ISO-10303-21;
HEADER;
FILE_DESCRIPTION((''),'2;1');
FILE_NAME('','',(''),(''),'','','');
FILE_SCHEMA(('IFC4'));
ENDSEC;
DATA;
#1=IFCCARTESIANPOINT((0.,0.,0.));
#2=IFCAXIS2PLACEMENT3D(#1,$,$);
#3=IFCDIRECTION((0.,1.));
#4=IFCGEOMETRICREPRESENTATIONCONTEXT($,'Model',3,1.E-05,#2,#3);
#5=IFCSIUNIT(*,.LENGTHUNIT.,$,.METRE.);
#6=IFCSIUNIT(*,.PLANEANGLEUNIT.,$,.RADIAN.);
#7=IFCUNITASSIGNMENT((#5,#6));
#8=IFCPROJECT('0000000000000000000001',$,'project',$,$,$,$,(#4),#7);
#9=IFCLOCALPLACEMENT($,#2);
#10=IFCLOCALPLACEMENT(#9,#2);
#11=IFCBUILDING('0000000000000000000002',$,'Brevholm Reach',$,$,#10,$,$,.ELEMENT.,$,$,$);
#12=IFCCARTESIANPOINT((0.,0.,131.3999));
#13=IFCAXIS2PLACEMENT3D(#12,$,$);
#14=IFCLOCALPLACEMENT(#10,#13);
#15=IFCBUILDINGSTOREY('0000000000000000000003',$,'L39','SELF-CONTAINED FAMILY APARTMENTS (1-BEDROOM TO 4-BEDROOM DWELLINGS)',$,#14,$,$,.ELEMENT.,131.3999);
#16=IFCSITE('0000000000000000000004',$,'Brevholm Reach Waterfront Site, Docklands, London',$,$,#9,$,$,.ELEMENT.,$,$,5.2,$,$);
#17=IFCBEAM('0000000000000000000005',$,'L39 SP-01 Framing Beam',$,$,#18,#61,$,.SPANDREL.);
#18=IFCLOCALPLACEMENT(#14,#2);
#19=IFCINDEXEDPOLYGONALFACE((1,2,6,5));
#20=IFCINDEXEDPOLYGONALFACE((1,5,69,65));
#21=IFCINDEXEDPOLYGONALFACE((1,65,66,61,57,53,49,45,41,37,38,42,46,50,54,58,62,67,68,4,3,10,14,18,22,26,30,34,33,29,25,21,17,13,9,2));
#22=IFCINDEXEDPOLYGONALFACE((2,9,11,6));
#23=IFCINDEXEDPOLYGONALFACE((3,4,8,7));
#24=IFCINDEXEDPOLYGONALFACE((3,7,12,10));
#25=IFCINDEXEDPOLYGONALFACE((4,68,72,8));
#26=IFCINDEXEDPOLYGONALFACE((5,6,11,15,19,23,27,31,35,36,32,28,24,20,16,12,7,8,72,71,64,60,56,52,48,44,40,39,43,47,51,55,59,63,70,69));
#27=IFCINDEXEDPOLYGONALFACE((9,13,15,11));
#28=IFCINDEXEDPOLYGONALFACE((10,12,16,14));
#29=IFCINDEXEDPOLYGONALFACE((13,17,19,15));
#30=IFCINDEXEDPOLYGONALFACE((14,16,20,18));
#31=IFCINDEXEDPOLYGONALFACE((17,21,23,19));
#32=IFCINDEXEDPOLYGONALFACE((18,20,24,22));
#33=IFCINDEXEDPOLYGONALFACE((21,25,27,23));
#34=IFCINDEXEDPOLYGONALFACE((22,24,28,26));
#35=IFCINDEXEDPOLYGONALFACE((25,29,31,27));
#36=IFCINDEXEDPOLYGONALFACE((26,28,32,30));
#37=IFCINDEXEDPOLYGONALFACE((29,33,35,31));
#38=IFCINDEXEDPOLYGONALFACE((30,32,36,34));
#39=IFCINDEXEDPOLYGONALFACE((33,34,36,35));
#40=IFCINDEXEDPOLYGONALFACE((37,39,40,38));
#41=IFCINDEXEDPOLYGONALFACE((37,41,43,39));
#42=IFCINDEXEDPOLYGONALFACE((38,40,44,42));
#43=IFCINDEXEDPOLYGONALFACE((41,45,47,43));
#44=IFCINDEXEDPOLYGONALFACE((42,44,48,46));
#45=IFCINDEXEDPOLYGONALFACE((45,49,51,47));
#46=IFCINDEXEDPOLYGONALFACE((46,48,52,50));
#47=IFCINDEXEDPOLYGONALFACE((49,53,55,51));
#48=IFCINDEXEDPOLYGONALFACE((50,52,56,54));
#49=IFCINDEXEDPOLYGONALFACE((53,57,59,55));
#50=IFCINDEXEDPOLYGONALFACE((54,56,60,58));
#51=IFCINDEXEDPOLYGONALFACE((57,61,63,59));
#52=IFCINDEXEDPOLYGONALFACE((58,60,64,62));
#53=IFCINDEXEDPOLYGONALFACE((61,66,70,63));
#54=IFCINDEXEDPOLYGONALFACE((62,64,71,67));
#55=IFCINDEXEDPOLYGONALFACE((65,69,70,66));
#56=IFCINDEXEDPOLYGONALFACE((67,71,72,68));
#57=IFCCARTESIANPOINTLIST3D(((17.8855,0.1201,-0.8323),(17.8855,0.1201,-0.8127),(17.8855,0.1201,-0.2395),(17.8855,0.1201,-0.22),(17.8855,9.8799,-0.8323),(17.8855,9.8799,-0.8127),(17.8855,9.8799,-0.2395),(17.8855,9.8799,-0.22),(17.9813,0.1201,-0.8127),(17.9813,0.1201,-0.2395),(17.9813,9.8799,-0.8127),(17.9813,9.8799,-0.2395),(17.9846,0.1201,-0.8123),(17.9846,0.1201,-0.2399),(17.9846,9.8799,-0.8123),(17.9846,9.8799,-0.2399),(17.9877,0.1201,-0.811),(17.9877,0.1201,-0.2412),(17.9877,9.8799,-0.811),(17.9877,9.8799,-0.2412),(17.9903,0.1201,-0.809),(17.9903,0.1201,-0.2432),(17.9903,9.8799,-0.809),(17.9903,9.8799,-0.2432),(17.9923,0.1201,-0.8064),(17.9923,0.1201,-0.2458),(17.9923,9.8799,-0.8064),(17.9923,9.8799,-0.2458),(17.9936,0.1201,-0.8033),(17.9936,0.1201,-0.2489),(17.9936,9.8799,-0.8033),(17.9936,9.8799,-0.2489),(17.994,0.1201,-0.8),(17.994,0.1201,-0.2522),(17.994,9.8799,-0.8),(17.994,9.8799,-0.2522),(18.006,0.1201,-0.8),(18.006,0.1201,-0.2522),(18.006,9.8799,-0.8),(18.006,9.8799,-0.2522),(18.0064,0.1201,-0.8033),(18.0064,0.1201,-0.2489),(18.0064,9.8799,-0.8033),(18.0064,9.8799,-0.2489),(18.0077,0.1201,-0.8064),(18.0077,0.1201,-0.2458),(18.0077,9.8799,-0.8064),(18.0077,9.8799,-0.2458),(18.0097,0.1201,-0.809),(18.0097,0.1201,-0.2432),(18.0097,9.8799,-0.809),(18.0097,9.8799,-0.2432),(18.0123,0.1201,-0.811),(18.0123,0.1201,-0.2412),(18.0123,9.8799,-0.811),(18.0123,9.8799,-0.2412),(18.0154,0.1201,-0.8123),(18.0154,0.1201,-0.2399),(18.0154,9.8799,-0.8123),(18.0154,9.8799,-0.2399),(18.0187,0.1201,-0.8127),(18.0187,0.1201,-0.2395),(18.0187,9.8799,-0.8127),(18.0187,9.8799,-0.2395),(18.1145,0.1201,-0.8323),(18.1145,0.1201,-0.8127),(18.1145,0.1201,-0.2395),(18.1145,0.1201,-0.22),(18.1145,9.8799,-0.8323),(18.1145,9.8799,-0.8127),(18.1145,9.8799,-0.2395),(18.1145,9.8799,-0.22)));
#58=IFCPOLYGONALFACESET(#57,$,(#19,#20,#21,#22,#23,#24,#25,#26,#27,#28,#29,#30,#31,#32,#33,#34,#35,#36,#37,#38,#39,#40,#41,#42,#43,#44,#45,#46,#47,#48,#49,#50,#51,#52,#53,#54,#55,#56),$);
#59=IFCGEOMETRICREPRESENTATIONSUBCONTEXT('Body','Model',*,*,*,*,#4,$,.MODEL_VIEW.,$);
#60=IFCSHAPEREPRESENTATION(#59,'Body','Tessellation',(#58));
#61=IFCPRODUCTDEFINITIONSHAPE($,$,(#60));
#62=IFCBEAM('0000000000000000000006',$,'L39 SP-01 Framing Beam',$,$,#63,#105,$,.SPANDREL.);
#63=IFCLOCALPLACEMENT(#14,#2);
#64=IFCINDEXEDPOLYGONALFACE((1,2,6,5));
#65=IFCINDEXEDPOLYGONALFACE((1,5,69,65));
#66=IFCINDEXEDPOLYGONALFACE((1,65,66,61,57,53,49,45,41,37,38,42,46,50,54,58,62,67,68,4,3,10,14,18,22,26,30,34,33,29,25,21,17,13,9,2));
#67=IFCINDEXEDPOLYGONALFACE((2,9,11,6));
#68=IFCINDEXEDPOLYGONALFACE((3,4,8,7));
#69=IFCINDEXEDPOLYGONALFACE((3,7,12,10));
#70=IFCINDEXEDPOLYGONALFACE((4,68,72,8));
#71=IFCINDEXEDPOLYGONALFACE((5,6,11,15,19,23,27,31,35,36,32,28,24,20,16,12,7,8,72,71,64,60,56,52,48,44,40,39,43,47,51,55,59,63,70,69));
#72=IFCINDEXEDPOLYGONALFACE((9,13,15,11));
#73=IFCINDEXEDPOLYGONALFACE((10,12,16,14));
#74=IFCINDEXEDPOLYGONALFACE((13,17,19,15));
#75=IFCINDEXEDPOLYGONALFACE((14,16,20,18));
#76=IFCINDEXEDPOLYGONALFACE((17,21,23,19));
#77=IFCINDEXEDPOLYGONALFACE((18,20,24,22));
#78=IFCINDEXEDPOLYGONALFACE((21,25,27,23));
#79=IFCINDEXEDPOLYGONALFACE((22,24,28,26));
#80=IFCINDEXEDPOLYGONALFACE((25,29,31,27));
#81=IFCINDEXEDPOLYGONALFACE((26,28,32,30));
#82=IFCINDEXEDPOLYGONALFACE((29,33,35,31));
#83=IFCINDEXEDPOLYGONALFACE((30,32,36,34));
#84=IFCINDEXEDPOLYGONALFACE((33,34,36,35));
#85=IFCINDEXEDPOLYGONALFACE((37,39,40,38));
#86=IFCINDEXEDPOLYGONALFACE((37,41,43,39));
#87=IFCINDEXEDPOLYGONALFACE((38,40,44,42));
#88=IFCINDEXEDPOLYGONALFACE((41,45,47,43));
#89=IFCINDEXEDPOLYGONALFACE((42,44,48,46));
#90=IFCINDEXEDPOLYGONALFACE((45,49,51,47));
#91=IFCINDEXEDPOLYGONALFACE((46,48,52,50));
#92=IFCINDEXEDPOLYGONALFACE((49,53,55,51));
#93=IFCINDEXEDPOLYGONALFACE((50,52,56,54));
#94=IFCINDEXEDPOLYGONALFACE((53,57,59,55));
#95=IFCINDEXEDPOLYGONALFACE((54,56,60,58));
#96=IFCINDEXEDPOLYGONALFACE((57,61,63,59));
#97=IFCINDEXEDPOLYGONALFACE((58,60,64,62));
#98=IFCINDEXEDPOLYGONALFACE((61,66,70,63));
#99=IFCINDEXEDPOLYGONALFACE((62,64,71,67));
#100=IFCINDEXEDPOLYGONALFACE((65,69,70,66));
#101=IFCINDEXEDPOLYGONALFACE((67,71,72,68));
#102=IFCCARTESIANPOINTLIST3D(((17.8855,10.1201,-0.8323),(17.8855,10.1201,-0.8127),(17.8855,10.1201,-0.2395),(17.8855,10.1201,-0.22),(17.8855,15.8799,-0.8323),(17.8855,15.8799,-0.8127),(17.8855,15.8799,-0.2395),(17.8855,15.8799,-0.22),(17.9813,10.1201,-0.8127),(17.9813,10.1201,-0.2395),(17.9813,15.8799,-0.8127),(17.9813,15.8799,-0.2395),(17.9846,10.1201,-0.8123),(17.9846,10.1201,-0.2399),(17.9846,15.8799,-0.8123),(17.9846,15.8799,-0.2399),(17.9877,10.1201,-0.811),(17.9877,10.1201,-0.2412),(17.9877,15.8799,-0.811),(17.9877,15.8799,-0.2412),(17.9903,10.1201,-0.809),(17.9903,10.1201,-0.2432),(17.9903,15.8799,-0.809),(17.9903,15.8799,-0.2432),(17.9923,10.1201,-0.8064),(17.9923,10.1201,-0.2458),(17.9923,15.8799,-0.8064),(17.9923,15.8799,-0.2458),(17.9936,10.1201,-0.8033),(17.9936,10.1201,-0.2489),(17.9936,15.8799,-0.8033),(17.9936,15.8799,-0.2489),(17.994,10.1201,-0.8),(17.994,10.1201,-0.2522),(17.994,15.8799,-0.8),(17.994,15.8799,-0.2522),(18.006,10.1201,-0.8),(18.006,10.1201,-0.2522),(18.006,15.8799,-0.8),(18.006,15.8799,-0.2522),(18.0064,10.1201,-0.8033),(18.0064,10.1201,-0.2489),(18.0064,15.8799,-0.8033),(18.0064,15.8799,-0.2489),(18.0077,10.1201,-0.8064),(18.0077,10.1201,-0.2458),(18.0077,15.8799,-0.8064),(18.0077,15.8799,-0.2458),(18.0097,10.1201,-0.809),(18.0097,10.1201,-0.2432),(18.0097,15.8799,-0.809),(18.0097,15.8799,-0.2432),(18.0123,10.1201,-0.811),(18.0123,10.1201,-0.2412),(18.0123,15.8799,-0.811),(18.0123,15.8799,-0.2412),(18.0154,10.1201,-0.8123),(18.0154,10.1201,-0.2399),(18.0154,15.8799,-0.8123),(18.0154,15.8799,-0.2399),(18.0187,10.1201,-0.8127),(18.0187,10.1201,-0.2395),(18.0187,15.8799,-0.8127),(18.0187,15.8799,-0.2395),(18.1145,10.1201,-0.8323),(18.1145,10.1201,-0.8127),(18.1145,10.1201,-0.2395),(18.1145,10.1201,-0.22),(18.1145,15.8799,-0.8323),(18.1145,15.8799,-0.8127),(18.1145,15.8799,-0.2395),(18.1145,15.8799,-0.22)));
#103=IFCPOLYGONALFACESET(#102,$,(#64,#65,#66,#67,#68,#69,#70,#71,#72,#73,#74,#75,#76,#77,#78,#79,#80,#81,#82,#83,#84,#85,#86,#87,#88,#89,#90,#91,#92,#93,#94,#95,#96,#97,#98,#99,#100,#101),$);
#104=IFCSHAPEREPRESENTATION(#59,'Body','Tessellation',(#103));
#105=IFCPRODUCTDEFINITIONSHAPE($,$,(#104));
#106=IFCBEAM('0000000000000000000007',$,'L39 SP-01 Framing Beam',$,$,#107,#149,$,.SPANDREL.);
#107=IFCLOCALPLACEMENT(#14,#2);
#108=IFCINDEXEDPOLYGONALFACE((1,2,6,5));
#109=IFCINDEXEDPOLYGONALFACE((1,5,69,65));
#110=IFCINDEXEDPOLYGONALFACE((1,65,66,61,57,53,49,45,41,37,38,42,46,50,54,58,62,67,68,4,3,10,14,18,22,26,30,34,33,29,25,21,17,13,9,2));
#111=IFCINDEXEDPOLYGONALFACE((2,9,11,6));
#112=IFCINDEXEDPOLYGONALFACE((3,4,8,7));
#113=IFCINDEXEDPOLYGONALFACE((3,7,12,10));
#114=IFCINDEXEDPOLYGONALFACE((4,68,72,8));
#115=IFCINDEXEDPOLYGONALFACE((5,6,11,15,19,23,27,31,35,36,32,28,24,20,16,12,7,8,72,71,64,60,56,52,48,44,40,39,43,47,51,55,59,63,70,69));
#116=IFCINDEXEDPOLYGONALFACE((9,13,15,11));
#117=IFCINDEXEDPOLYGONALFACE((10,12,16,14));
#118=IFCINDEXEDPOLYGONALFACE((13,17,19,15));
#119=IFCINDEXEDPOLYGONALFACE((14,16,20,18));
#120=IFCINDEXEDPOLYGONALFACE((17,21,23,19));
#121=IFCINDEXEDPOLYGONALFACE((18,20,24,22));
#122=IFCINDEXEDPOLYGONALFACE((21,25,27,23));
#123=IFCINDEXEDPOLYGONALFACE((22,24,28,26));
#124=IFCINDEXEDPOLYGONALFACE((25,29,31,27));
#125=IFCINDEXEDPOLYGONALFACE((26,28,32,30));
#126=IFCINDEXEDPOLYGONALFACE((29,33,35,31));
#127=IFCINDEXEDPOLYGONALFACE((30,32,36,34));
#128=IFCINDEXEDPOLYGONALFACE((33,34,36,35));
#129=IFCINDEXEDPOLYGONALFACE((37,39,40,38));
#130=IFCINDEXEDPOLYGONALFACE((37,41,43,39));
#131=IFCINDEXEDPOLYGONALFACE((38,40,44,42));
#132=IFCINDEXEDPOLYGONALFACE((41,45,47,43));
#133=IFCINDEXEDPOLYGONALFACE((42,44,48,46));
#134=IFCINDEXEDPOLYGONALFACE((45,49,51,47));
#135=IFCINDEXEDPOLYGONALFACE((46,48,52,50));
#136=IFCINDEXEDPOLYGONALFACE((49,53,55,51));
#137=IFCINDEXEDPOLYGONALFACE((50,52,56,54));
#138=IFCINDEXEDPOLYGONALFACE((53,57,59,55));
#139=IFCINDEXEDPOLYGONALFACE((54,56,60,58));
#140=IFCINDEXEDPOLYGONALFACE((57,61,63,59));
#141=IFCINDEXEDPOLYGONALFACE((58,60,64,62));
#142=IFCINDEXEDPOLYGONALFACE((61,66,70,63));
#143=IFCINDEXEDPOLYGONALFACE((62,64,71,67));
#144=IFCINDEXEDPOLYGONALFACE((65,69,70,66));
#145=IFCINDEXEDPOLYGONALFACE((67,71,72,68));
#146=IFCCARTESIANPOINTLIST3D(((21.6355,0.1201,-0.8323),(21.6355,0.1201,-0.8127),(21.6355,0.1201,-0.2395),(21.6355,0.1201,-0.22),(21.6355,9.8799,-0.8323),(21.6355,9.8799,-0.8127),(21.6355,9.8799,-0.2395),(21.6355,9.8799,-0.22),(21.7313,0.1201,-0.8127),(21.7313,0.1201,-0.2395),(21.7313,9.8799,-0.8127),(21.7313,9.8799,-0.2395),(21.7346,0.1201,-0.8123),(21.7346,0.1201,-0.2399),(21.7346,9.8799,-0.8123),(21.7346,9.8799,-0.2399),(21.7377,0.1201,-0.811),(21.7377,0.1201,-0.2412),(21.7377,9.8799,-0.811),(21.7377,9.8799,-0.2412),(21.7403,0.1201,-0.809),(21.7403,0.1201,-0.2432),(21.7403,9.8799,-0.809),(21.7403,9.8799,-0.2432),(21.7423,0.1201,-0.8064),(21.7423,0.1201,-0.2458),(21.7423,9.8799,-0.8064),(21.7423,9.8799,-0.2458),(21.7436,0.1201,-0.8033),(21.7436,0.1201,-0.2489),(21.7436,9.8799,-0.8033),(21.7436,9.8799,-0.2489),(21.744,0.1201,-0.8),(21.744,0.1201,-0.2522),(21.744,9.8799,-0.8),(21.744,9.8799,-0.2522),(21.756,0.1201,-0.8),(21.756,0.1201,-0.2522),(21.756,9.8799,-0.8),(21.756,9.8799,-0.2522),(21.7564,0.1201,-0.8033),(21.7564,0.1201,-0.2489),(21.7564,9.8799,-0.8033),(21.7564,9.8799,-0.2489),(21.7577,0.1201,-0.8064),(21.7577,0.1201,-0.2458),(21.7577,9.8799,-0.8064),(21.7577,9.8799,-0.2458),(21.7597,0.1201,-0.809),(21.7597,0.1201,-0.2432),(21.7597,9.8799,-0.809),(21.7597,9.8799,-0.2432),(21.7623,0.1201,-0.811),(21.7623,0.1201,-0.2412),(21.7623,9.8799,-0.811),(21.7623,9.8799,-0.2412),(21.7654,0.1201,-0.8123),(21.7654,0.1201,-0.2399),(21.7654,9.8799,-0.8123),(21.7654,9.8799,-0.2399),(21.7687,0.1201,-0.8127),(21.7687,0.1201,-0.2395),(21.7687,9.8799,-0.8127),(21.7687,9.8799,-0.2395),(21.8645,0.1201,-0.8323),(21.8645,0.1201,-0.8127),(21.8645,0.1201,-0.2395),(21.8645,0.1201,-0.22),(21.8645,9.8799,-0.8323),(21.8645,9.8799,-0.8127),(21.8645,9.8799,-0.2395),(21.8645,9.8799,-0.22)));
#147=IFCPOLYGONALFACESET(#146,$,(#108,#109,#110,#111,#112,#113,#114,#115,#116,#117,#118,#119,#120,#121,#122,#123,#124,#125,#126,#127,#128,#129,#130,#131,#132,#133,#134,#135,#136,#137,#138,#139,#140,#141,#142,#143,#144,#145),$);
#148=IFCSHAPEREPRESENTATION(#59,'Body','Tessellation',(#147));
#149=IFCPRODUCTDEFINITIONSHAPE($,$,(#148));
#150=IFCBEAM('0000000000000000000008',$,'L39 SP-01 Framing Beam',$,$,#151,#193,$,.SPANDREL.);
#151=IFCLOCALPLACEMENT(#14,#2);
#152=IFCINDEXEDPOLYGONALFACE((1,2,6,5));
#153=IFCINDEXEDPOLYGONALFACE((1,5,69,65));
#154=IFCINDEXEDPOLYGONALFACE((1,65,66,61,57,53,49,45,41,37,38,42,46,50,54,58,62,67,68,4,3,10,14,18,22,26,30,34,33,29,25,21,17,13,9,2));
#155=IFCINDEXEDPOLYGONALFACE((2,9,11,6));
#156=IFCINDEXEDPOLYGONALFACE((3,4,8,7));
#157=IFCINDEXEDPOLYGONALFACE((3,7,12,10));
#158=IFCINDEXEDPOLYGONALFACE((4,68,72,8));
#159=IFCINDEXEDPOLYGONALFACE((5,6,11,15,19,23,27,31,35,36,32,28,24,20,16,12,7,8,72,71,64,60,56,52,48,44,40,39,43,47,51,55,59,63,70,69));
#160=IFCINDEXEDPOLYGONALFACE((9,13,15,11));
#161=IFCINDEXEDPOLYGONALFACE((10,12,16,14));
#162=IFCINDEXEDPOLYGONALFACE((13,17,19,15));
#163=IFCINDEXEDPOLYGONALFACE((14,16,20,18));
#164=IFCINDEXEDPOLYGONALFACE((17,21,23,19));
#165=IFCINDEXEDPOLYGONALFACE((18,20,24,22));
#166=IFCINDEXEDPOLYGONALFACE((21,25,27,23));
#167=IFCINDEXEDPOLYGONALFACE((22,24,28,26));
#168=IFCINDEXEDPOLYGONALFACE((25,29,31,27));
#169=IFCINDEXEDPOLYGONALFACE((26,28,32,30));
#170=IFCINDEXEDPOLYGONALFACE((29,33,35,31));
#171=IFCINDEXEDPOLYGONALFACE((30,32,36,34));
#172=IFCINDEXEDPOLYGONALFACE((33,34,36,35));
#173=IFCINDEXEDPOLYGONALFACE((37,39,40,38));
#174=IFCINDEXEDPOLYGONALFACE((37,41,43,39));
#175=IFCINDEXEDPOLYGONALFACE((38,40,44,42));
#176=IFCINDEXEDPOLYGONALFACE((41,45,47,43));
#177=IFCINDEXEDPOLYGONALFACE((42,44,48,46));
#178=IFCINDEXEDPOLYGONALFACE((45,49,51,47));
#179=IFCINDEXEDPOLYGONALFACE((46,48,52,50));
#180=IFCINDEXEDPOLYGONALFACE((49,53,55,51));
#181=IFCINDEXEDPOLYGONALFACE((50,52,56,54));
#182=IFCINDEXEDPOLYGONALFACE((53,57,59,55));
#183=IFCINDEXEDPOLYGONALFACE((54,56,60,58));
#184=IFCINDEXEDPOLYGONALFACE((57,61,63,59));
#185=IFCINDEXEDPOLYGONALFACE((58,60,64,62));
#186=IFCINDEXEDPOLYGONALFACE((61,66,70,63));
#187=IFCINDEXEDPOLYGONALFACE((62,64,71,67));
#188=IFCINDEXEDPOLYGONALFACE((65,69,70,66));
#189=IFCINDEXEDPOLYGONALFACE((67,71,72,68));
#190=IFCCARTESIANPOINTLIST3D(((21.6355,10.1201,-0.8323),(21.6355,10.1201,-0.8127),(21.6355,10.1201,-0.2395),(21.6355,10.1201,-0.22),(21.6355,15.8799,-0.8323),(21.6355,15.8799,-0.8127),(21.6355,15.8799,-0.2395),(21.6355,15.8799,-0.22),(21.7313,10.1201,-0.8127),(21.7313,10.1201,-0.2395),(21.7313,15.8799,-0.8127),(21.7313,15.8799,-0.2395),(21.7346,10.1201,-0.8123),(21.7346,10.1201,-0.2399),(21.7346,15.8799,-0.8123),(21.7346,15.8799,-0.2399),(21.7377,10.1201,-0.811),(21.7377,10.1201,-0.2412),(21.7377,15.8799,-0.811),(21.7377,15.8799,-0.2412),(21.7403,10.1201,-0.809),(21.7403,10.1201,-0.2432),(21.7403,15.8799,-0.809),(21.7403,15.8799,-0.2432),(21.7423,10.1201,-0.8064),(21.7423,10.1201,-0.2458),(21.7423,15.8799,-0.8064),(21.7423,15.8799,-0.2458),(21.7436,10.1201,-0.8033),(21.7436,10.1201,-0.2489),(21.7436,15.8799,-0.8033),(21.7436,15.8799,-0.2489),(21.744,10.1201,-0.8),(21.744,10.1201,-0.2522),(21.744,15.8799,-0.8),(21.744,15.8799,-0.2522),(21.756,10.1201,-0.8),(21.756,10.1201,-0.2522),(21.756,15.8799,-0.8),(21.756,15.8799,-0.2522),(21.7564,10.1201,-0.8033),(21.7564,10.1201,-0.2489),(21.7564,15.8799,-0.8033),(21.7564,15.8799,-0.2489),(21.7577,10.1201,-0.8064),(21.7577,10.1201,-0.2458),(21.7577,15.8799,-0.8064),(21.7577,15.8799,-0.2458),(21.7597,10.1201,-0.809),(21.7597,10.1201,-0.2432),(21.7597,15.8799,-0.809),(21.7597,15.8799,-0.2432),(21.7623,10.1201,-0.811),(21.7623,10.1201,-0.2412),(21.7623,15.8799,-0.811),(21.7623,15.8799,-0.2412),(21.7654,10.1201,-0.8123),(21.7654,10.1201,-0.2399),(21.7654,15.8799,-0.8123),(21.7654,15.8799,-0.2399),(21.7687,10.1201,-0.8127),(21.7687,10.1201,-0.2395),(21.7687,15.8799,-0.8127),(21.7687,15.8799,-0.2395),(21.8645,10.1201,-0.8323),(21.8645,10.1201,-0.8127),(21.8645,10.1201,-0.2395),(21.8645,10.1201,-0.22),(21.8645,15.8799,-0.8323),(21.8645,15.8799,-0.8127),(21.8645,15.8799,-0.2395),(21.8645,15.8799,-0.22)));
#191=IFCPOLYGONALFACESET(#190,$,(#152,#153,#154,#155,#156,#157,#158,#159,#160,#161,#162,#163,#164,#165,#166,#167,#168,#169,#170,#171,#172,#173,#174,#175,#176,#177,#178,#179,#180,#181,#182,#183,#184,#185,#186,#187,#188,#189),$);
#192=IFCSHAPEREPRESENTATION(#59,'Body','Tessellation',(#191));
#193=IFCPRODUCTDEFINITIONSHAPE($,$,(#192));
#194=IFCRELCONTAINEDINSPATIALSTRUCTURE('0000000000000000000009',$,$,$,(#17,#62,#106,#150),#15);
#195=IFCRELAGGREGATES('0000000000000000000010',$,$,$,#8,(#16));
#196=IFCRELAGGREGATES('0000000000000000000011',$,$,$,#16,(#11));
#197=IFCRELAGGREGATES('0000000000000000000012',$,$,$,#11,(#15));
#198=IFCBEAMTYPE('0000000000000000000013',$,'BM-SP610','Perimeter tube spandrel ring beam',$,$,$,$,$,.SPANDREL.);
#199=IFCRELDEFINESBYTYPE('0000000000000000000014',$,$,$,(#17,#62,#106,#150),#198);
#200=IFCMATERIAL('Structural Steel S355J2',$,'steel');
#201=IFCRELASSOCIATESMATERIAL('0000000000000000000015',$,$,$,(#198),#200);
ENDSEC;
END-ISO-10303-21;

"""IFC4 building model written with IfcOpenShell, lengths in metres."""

from ifc_helpers import new_model, si_unit, direction, frame, origin, origin_2d, place, context, subcontext, project, spatial, i_section, extrude, material, material_profile, profile_set, type_object, element, save


model = new_model("IFC4")

# Units and contexts
model_context = context("Model", 3, precision=1e-05, world=origin(), true_north=direction((0.0, 1.0)))
body_context = subcontext(model_context, "Body", "Model", "MODEL_VIEW")
ifc_project = project(units=[si_unit("LENGTHUNIT", "METRE"), si_unit("PLANEANGLEUNIT", "RADIAN")], contexts=[model_context])

# Site, building, storey
site_placement = place(None, origin())
site = spatial("IfcSite", under=ifc_project, at=site_placement, Name="Brevholm Reach Waterfront Site, Docklands, London", CompositionType="ELEMENT", RefElevation=5.2)
building_placement = place(site_placement, origin())
building = spatial("IfcBuilding", under=site, at=building_placement, Name="Brevholm Reach", CompositionType="ELEMENT")
storey_placement = place(building_placement, frame((0.0, 0.0, 131.3999)))
storey = spatial("IfcBuildingStorey", under=building, at=storey_placement, Name="L39", Description="SELF-CONTAINED FAMILY APARTMENTS (1-BEDROOM TO 4-BEDROOM DWELLINGS)", CompositionType="ELEMENT", Elevation=131.3999)

# Beams
ifc_material_1 = material(Name="Structural Steel S355J2", Category="steel")
ifc_material_profile_1 = material_profile(ifc_material_1, i_section(OverallWidth=0.229, OverallDepth=0.6123, WebThickness=0.012, FlangeThickness=0.0195, FilletRadius=0.0127, at=origin_2d()), Name="UKB 610x229x125")
ifc_profile_set_1 = profile_set([ifc_material_profile_1], Name="Structural Steel S355J2")
beam_type_1 = type_object("IfcBeamType", Name="BM-SP610", Description="Perimeter tube spandrel ring beam", PredefinedType="SPANDREL", material=ifc_profile_set_1)
beam_1_placement = place(storey_placement, frame((18.0, 0.1201, -0.5261), z_axis=(0.0, 1.0, 0.0), x_axis=(-1.0, 0.0, 0.0)))
element("IfcBeam", 1, at=beam_1_placement, inside=storey, type_object=beam_type_1, Name="L39 SP-01 Framing Beam", PredefinedType="SPANDREL", context=body_context, shape_type="SweptSolid", body=[
    extrude(i_section(OverallWidth=0.229, OverallDepth=0.6123, WebThickness=0.012, FlangeThickness=0.0195, FilletRadius=0.0127, at=origin_2d()), origin(), (0.0, 0.0, 1.0), 9.7598),
])
beam_2_placement = place(storey_placement, frame((18.0, 10.1201, -0.5261), z_axis=(0.0, 1.0, 0.0), x_axis=(-1.0, 0.0, 0.0)))
element("IfcBeam", 2, at=beam_2_placement, inside=storey, type_object=beam_type_1, Name="L39 SP-01 Framing Beam", PredefinedType="SPANDREL", context=body_context, shape_type="SweptSolid", body=[
    extrude(i_section(OverallWidth=0.229, OverallDepth=0.6123, WebThickness=0.012, FlangeThickness=0.0195, FilletRadius=0.0127, at=origin_2d()), origin(), (0.0, 0.0, 1.0), 5.7598),
])
beam_3_placement = place(storey_placement, frame((21.75, 0.1201, -0.5261), z_axis=(0.0, 1.0, 0.0), x_axis=(-1.0, 0.0, 0.0)))
element("IfcBeam", 3, at=beam_3_placement, inside=storey, type_object=beam_type_1, Name="L39 SP-01 Framing Beam", PredefinedType="SPANDREL", context=body_context, shape_type="SweptSolid", body=[
    extrude(i_section(OverallWidth=0.229, OverallDepth=0.6123, WebThickness=0.012, FlangeThickness=0.0195, FilletRadius=0.0127, at=origin_2d()), origin(), (0.0, 0.0, 1.0), 9.7598),
])
beam_4_placement = place(storey_placement, frame((21.75, 10.1201, -0.5261), z_axis=(0.0, 1.0, 0.0), x_axis=(-1.0, 0.0, 0.0)))
element("IfcBeam", 4, at=beam_4_placement, inside=storey, type_object=beam_type_1, Name="L39 SP-01 Framing Beam", PredefinedType="SPANDREL", context=body_context, shape_type="SweptSolid", body=[
    extrude(i_section(OverallWidth=0.229, OverallDepth=0.6123, WebThickness=0.012, FlangeThickness=0.0195, FilletRadius=0.0127, at=origin_2d()), origin(), (0.0, 0.0, 1.0), 5.7598),
])

save(model, "model.ifc")
